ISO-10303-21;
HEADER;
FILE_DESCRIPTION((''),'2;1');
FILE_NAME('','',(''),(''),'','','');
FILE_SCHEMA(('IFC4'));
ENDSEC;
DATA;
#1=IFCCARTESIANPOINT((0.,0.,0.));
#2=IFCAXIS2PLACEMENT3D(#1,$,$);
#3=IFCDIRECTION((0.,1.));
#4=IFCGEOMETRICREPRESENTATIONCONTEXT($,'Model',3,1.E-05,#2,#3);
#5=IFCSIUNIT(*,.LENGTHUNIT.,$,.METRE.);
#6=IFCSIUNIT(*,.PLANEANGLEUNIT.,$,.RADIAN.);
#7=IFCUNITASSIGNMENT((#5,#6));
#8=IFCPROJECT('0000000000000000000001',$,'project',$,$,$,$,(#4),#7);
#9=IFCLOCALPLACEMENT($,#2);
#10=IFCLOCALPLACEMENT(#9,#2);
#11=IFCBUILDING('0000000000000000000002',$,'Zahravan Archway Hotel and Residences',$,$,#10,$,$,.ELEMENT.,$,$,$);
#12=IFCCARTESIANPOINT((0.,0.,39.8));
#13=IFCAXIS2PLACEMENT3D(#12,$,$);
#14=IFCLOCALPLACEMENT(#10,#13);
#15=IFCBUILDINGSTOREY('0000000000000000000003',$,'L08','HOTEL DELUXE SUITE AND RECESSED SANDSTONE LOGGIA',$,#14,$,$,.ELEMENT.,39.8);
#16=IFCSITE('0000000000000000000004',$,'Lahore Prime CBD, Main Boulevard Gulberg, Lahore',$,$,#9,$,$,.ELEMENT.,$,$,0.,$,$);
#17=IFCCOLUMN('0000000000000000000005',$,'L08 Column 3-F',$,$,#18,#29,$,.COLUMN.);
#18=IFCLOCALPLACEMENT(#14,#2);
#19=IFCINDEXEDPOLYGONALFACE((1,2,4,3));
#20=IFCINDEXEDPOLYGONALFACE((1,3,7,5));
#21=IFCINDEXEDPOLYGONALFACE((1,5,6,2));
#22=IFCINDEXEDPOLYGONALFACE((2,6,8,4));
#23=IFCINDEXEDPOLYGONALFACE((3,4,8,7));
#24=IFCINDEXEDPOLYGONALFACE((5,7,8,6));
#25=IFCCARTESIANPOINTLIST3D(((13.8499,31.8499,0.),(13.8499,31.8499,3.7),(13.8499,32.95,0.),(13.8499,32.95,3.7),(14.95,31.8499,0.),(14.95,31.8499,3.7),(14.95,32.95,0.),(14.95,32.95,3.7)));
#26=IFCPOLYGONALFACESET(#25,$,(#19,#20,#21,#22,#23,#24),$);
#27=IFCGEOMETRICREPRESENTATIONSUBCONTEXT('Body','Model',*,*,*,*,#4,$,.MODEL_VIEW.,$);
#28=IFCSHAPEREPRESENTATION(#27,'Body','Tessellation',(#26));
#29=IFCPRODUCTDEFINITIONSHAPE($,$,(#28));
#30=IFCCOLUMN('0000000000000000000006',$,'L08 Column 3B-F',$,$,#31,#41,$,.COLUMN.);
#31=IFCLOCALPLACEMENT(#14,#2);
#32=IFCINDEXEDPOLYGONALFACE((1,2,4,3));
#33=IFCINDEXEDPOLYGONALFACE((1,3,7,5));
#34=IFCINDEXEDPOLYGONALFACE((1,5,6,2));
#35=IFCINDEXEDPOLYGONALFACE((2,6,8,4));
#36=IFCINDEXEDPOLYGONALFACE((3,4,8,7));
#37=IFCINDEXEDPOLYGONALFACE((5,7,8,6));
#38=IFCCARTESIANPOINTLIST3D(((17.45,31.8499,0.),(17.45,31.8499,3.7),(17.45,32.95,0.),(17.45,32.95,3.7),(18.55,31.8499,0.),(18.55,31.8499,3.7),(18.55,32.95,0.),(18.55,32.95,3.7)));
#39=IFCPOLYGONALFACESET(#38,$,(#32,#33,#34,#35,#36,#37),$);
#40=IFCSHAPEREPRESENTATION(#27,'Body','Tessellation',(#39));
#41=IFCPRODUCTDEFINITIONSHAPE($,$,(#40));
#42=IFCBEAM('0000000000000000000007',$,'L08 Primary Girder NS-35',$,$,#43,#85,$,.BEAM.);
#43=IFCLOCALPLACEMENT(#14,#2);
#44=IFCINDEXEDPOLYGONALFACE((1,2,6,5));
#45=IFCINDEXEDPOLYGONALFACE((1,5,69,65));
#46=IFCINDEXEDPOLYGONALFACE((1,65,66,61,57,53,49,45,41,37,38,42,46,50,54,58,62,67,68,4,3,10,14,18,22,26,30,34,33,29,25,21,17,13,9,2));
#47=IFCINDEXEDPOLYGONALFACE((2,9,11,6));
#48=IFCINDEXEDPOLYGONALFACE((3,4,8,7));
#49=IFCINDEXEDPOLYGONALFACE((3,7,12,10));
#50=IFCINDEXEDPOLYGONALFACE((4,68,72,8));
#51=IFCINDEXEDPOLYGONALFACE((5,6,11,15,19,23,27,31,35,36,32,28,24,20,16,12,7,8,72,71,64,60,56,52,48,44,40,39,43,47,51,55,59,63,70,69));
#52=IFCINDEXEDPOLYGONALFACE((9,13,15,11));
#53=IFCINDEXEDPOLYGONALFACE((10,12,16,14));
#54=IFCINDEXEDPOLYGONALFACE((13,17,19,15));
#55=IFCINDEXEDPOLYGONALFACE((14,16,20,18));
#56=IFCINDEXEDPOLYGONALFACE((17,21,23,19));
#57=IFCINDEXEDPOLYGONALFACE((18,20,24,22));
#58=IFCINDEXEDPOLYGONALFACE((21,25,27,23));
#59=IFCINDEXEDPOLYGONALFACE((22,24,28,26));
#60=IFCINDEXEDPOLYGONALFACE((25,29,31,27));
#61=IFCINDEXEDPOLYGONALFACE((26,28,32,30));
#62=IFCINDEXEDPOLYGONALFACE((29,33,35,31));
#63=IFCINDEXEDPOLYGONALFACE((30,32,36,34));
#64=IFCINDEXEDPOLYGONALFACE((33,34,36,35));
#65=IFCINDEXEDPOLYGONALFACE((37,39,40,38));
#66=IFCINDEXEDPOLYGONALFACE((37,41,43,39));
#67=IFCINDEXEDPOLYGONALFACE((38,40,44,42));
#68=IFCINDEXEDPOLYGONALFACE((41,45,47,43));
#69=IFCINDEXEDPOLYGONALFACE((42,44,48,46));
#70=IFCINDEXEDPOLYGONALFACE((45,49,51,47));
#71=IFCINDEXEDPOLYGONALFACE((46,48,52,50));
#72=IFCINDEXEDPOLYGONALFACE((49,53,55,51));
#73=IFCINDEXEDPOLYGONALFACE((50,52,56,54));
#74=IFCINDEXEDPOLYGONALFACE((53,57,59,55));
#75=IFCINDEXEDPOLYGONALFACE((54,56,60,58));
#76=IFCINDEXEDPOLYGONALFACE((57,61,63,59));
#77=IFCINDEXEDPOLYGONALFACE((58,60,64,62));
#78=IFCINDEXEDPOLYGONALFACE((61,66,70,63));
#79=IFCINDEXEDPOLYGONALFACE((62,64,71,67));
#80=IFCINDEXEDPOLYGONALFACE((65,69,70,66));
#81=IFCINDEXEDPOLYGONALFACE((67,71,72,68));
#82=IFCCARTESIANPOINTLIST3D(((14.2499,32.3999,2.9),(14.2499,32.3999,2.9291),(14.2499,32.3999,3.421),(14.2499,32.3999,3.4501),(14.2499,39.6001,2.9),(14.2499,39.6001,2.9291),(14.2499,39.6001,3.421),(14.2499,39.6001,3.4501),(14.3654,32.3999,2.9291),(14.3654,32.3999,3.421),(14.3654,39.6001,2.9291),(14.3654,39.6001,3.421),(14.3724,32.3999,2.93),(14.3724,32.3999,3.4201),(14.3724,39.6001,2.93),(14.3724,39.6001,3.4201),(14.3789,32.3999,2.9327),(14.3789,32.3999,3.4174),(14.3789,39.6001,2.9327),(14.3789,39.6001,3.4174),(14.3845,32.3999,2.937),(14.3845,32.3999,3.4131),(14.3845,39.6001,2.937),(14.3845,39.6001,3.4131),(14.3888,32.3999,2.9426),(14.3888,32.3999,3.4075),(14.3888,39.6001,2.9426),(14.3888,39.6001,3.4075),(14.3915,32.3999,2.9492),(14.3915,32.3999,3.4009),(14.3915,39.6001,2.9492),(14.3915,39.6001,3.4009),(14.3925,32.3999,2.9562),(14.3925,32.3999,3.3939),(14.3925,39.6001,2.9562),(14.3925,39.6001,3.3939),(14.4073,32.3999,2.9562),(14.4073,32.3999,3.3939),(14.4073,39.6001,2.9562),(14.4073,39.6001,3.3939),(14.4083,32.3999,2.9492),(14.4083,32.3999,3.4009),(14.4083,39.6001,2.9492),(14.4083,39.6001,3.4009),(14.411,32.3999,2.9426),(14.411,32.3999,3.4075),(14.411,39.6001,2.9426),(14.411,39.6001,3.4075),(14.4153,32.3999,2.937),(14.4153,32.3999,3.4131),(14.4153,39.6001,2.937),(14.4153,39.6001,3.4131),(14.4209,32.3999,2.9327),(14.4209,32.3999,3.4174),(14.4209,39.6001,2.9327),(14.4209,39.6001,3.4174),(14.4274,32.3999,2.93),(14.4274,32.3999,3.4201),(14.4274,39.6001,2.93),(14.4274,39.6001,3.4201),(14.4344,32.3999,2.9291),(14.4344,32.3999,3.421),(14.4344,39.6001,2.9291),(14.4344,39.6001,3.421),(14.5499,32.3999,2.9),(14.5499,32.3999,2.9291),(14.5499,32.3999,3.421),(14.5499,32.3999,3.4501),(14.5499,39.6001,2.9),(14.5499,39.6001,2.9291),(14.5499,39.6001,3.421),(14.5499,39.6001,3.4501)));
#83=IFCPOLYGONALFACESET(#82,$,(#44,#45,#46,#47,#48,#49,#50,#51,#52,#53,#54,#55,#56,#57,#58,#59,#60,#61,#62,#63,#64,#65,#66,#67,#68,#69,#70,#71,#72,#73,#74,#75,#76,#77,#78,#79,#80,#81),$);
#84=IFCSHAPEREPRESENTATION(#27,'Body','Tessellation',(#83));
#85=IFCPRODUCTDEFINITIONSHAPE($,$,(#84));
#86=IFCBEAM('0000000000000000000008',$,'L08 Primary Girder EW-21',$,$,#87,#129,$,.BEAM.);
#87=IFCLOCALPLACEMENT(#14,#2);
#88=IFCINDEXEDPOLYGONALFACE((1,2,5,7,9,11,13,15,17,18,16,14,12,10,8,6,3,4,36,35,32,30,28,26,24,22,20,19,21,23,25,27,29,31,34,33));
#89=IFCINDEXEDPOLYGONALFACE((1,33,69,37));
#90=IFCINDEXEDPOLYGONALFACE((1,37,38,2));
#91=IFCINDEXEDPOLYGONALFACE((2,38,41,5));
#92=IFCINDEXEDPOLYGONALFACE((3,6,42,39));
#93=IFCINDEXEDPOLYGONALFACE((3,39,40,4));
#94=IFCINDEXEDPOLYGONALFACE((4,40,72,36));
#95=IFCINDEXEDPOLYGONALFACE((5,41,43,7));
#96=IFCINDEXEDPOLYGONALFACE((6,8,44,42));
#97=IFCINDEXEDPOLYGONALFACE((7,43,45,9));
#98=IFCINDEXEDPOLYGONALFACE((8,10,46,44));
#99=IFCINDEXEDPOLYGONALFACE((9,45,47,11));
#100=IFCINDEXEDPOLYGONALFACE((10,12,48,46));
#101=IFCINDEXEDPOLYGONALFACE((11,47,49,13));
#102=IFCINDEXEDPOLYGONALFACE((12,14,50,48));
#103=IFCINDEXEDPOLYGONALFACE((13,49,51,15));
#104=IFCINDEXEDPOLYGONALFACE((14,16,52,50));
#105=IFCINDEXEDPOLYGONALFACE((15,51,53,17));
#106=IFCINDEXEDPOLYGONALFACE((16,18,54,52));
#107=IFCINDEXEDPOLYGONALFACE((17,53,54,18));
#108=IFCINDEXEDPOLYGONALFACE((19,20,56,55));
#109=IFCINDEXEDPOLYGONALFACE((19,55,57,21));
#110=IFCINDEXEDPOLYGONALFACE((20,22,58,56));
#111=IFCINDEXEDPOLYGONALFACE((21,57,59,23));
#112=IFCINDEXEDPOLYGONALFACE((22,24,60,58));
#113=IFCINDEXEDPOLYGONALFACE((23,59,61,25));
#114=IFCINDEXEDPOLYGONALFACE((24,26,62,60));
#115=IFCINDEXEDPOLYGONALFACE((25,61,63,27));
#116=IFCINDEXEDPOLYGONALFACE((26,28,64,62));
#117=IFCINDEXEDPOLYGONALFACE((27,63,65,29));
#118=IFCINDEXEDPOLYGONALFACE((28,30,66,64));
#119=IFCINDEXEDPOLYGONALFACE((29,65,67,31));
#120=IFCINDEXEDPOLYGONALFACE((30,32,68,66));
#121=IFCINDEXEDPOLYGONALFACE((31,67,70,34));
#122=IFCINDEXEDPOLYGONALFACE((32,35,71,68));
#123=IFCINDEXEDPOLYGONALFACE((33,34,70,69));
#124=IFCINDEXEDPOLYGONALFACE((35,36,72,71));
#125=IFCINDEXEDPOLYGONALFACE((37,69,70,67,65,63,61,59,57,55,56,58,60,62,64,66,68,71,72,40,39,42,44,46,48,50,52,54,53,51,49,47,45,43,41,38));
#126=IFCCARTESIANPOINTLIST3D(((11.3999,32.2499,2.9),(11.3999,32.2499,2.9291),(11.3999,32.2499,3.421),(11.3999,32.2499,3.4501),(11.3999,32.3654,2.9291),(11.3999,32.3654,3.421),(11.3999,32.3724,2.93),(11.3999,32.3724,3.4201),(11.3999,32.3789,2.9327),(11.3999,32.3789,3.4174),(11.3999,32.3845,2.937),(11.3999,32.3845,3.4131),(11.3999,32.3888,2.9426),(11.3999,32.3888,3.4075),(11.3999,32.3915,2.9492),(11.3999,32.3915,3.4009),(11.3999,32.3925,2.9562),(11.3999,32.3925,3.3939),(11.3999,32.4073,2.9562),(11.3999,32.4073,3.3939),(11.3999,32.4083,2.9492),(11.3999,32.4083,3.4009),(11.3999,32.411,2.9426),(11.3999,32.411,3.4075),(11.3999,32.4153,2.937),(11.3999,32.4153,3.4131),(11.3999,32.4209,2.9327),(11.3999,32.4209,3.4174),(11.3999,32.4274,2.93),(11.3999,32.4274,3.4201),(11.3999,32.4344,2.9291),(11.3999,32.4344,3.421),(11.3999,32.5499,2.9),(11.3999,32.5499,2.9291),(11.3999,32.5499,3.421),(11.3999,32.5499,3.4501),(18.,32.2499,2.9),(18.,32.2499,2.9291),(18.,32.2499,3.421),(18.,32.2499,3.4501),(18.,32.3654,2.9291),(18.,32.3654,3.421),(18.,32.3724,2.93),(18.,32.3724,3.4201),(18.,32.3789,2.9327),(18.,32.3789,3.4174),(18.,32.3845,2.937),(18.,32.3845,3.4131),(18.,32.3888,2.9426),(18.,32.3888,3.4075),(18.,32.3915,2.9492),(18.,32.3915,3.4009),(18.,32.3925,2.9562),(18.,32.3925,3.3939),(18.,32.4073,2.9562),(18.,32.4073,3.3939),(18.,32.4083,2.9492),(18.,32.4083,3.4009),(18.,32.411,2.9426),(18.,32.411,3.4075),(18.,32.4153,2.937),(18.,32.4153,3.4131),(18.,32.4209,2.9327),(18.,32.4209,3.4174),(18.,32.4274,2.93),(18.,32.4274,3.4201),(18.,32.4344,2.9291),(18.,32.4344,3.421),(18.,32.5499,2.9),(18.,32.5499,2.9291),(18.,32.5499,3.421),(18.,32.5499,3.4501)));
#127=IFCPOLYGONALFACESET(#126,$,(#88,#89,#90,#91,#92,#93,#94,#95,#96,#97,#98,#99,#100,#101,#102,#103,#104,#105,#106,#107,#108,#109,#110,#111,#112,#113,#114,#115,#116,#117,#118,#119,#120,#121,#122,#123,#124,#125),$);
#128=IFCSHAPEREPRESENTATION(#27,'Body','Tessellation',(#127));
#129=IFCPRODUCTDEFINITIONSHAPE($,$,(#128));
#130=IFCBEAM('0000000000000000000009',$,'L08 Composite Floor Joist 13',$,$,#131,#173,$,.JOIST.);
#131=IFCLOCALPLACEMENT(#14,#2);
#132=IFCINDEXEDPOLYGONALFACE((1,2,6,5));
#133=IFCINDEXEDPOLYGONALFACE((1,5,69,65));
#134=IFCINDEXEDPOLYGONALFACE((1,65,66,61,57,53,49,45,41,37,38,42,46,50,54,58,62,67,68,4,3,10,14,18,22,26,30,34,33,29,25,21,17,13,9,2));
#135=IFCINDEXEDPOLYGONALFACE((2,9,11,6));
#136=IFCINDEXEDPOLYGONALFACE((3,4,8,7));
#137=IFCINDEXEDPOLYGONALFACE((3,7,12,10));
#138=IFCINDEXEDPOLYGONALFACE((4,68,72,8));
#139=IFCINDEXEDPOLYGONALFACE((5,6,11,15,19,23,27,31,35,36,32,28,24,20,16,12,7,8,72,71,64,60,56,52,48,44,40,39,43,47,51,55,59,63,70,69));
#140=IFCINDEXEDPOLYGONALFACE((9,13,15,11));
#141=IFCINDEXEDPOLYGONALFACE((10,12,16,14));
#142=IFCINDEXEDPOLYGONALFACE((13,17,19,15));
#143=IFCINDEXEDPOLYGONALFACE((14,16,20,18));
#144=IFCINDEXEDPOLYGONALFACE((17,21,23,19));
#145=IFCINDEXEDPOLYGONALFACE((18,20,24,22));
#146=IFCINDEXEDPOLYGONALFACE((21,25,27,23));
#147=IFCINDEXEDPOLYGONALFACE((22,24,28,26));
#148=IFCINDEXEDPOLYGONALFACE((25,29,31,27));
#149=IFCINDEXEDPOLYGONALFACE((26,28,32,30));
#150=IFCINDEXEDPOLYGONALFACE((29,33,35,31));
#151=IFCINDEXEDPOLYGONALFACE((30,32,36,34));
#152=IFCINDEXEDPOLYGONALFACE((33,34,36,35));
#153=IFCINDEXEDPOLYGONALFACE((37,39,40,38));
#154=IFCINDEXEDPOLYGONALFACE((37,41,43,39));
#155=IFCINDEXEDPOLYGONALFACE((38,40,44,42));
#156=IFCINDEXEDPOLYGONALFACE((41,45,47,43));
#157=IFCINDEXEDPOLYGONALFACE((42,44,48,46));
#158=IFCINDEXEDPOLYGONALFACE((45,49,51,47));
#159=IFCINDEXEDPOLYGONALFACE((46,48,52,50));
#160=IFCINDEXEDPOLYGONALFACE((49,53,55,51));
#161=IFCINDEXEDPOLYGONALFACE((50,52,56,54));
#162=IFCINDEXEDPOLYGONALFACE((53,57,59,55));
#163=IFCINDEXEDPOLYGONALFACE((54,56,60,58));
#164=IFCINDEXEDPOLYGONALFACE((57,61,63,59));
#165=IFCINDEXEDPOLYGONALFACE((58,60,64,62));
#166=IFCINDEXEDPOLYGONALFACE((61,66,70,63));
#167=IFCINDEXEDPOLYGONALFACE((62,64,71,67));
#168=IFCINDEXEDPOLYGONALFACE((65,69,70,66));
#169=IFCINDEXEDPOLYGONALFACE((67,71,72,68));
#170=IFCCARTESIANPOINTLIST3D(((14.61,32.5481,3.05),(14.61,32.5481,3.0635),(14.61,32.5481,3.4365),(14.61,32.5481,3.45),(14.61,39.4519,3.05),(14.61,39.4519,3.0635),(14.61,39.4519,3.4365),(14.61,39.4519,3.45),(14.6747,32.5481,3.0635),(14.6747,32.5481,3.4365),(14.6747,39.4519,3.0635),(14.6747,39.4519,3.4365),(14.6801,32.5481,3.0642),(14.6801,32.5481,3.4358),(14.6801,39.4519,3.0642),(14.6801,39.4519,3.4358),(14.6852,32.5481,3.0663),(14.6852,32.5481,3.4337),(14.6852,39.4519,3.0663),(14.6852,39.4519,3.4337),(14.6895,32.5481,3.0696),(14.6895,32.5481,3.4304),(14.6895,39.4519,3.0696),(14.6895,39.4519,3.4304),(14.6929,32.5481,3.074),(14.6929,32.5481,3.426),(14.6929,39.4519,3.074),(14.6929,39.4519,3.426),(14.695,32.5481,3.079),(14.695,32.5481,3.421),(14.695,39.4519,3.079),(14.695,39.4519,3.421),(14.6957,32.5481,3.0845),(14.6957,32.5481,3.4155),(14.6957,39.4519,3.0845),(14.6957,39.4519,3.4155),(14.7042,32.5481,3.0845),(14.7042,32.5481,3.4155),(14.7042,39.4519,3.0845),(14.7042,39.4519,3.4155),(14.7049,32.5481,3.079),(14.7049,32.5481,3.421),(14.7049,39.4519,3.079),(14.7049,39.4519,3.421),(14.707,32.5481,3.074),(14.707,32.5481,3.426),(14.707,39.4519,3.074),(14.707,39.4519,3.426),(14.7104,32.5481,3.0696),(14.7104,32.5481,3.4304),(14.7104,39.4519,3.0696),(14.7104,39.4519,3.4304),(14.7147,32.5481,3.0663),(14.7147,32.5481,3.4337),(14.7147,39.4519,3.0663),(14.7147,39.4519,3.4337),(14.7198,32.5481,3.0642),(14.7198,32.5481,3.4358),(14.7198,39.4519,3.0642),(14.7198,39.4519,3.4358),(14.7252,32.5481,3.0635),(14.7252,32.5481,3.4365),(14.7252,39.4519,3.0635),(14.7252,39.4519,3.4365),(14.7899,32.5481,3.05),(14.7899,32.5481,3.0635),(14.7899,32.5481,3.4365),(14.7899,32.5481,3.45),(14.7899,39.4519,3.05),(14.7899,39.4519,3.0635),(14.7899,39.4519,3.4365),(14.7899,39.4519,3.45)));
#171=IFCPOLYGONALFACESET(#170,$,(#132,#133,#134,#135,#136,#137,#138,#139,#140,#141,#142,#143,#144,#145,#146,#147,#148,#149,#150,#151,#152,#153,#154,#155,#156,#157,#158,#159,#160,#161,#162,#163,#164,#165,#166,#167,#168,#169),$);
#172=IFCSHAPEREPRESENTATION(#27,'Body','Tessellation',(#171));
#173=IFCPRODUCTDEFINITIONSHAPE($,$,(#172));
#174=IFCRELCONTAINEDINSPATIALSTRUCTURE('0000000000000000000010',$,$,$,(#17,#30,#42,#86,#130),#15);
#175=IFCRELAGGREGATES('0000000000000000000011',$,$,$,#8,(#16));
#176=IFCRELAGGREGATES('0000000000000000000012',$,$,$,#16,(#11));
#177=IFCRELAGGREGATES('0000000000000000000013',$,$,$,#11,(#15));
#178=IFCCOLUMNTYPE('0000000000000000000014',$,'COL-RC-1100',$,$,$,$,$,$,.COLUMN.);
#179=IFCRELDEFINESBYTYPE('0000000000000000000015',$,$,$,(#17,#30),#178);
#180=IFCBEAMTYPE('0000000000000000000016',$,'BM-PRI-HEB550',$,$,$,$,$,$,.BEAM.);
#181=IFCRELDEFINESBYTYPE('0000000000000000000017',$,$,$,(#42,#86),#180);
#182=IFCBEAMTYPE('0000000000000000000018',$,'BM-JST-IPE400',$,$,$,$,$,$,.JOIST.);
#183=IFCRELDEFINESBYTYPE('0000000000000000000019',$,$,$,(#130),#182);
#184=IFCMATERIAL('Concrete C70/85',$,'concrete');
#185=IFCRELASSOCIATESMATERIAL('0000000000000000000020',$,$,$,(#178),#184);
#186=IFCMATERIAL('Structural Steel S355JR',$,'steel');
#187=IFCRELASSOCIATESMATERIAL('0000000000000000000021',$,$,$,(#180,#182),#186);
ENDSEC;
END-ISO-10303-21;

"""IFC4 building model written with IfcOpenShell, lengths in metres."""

from ifc_helpers import new_model, si_unit, direction, frame, origin, origin_2d, place, context, subcontext, project, spatial, rectangle, i_section, extrude, source, transform, mapped, material, material_profile, profile_set, type_object, type_shapes, element, save


model = new_model("IFC4")

# Units and contexts
model_context = context("Model", 3, precision=1e-05, world=origin(), true_north=direction((0.0, 1.0)))
body_context = subcontext(model_context, "Body", "Model", "MODEL_VIEW")
ifc_project = project(units=[si_unit("LENGTHUNIT", "METRE"), si_unit("PLANEANGLEUNIT", "RADIAN")], contexts=[model_context])

# Site, building, storey
site_placement = place(None, origin())
site = spatial("IfcSite", under=ifc_project, at=site_placement, Name="Lahore Prime CBD, Main Boulevard Gulberg, Lahore", CompositionType="ELEMENT", RefElevation=0.0)
building_placement = place(site_placement, origin())
building = spatial("IfcBuilding", under=site, at=building_placement, Name="Zahravan Archway Hotel and Residences", CompositionType="ELEMENT")
storey_placement = place(building_placement, frame((0.0, 0.0, 39.8)))
storey = spatial("IfcBuildingStorey", under=building, at=storey_placement, Name="L08", Description="HOTEL DELUXE SUITE AND RECESSED SANDSTONE LOGGIA", CompositionType="ELEMENT", Elevation=39.8)

# Columns
ifc_material_1 = material(Name="Concrete C70/85", Category="concrete")
ifc_material_profile_1 = material_profile(ifc_material_1, rectangle(XDim=1.1001, YDim=1.1001, at=origin_2d()), Name="RC 1100x1100", Category="concrete")
ifc_profile_set_1 = profile_set([ifc_material_profile_1], Name="Concrete C70/85")
column_type = type_object("IfcColumnType", Name="COL-RC-1100", PredefinedType="COLUMN", material=ifc_profile_set_1)
shared_shape_1 = source(origin(), body_context, "Body", "SweptSolid", [
    extrude(rectangle(XDim=1.1001, YDim=1.1001, at=origin_2d()), origin(), (0.0, 0.0, 1.0), 3.7),
])
for number, where, z_axis, x_axis, name in (
    (1, (14.3999, 32.3999, 0.0), (0.0, 0.0, 1.0), (1.0, 0.0, 0.0), "L08 Column 3-F"),
    (2, (18.0, 32.3999, 0.0), (0.0, 0.0, 1.0), (1.0, 0.0, 0.0), "L08 Column 3B-F"),
):
    element("IfcColumn", number, at=place(storey_placement, frame(where, z_axis=z_axis, x_axis=x_axis)), inside=storey, type_object=column_type, Name=name, PredefinedType="COLUMN", context=body_context, shape_type="MappedRepresentation", body=[
        mapped(shared_shape_1, transform((0.0, 0.0, 0.0), scale=1.0)),
    ])

# Beams
ifc_material_2 = material(Name="Structural Steel S355JR", Category="steel")
ifc_material_profile_2 = material_profile(ifc_material_2, i_section(OverallWidth=0.3, OverallDepth=0.55, WebThickness=0.0149, FlangeThickness=0.0291, FilletRadius=0.0271, at=origin_2d()), Name="HEB 550", Category="steel")
ifc_profile_set_2 = profile_set([ifc_material_profile_2], Name="Structural Steel S355JR")
beam_type_1 = type_object("IfcBeamType", Name="BM-PRI-HEB550", PredefinedType="BEAM", material=ifc_profile_set_2)
shared_shape_2 = source(origin(), body_context, "Body", "SweptSolid", [
    extrude(i_section(OverallWidth=0.3, OverallDepth=0.55, WebThickness=0.0149, FlangeThickness=0.0291, FilletRadius=0.0271, at=origin_2d()), origin(), (0.0, 0.0, 1.0), 7.2002),
])
type_shapes(beam_type_1, [shared_shape_2])
beam_1_placement = place(storey_placement, frame((14.3999, 32.3999, 3.175), z_axis=(0.0, 1.0, 0.0), x_axis=(-1.0, 0.0, 0.0)))
element("IfcBeam", 3, at=beam_1_placement, inside=storey, type_object=beam_type_1, Name="L08 Primary Girder NS-35", PredefinedType="BEAM", context=body_context, shape_type="MappedRepresentation", body=[
    mapped(shared_shape_2, transform((0.0, 0.0, 0.0), scale=1.0)),
])
shared_shape_3 = source(origin(), body_context, "Body", "SweptSolid", [
    extrude(i_section(OverallWidth=0.3, OverallDepth=0.55, WebThickness=0.0149, FlangeThickness=0.0291, FilletRadius=0.0271, at=origin_2d()), origin(), (0.0, 0.0, 1.0), 6.6001),
])
beam_2_placement = place(storey_placement, frame((11.3999, 32.3999, 3.175), z_axis=(1.0, 0.0, 0.0), x_axis=(0.0, 1.0, 0.0)))
element("IfcBeam", 4, at=beam_2_placement, inside=storey, type_object=beam_type_1, Name="L08 Primary Girder EW-21", PredefinedType="BEAM", context=body_context, shape_type="MappedRepresentation", body=[
    mapped(shared_shape_3, transform((0.0, 0.0, 0.0), scale=1.0)),
])
ifc_material_profile_3 = material_profile(ifc_material_2, i_section(OverallWidth=0.1799, OverallDepth=0.3999, WebThickness=0.0085, FlangeThickness=0.0134, FilletRadius=0.021, at=origin_2d()), Name="IPE 400", Category="steel")
ifc_profile_set_3 = profile_set([ifc_material_profile_3], Name="Structural Steel S355JR")
beam_type_2 = type_object("IfcBeamType", Name="BM-JST-IPE400", PredefinedType="JOIST", material=ifc_profile_set_3)
shared_shape_4 = source(origin(), body_context, "Body", "SweptSolid", [
    extrude(i_section(OverallWidth=0.1799, OverallDepth=0.3999, WebThickness=0.0085, FlangeThickness=0.0134, FilletRadius=0.021, at=origin_2d()), origin(), (0.0, 0.0, 1.0), 6.9038),
])
beam_3_placement = place(storey_placement, frame((14.7, 32.5481, 3.25), z_axis=(0.0, 1.0, 0.0), x_axis=(-1.0, 0.0, 0.0)))
element("IfcBeam", 5, at=beam_3_placement, inside=storey, type_object=beam_type_2, Name="L08 Composite Floor Joist 13", PredefinedType="JOIST", context=body_context, shape_type="MappedRepresentation", body=[
    mapped(shared_shape_4, transform((0.0, 0.0, 0.0), scale=1.0)),
])

save(model, "model.ifc")
